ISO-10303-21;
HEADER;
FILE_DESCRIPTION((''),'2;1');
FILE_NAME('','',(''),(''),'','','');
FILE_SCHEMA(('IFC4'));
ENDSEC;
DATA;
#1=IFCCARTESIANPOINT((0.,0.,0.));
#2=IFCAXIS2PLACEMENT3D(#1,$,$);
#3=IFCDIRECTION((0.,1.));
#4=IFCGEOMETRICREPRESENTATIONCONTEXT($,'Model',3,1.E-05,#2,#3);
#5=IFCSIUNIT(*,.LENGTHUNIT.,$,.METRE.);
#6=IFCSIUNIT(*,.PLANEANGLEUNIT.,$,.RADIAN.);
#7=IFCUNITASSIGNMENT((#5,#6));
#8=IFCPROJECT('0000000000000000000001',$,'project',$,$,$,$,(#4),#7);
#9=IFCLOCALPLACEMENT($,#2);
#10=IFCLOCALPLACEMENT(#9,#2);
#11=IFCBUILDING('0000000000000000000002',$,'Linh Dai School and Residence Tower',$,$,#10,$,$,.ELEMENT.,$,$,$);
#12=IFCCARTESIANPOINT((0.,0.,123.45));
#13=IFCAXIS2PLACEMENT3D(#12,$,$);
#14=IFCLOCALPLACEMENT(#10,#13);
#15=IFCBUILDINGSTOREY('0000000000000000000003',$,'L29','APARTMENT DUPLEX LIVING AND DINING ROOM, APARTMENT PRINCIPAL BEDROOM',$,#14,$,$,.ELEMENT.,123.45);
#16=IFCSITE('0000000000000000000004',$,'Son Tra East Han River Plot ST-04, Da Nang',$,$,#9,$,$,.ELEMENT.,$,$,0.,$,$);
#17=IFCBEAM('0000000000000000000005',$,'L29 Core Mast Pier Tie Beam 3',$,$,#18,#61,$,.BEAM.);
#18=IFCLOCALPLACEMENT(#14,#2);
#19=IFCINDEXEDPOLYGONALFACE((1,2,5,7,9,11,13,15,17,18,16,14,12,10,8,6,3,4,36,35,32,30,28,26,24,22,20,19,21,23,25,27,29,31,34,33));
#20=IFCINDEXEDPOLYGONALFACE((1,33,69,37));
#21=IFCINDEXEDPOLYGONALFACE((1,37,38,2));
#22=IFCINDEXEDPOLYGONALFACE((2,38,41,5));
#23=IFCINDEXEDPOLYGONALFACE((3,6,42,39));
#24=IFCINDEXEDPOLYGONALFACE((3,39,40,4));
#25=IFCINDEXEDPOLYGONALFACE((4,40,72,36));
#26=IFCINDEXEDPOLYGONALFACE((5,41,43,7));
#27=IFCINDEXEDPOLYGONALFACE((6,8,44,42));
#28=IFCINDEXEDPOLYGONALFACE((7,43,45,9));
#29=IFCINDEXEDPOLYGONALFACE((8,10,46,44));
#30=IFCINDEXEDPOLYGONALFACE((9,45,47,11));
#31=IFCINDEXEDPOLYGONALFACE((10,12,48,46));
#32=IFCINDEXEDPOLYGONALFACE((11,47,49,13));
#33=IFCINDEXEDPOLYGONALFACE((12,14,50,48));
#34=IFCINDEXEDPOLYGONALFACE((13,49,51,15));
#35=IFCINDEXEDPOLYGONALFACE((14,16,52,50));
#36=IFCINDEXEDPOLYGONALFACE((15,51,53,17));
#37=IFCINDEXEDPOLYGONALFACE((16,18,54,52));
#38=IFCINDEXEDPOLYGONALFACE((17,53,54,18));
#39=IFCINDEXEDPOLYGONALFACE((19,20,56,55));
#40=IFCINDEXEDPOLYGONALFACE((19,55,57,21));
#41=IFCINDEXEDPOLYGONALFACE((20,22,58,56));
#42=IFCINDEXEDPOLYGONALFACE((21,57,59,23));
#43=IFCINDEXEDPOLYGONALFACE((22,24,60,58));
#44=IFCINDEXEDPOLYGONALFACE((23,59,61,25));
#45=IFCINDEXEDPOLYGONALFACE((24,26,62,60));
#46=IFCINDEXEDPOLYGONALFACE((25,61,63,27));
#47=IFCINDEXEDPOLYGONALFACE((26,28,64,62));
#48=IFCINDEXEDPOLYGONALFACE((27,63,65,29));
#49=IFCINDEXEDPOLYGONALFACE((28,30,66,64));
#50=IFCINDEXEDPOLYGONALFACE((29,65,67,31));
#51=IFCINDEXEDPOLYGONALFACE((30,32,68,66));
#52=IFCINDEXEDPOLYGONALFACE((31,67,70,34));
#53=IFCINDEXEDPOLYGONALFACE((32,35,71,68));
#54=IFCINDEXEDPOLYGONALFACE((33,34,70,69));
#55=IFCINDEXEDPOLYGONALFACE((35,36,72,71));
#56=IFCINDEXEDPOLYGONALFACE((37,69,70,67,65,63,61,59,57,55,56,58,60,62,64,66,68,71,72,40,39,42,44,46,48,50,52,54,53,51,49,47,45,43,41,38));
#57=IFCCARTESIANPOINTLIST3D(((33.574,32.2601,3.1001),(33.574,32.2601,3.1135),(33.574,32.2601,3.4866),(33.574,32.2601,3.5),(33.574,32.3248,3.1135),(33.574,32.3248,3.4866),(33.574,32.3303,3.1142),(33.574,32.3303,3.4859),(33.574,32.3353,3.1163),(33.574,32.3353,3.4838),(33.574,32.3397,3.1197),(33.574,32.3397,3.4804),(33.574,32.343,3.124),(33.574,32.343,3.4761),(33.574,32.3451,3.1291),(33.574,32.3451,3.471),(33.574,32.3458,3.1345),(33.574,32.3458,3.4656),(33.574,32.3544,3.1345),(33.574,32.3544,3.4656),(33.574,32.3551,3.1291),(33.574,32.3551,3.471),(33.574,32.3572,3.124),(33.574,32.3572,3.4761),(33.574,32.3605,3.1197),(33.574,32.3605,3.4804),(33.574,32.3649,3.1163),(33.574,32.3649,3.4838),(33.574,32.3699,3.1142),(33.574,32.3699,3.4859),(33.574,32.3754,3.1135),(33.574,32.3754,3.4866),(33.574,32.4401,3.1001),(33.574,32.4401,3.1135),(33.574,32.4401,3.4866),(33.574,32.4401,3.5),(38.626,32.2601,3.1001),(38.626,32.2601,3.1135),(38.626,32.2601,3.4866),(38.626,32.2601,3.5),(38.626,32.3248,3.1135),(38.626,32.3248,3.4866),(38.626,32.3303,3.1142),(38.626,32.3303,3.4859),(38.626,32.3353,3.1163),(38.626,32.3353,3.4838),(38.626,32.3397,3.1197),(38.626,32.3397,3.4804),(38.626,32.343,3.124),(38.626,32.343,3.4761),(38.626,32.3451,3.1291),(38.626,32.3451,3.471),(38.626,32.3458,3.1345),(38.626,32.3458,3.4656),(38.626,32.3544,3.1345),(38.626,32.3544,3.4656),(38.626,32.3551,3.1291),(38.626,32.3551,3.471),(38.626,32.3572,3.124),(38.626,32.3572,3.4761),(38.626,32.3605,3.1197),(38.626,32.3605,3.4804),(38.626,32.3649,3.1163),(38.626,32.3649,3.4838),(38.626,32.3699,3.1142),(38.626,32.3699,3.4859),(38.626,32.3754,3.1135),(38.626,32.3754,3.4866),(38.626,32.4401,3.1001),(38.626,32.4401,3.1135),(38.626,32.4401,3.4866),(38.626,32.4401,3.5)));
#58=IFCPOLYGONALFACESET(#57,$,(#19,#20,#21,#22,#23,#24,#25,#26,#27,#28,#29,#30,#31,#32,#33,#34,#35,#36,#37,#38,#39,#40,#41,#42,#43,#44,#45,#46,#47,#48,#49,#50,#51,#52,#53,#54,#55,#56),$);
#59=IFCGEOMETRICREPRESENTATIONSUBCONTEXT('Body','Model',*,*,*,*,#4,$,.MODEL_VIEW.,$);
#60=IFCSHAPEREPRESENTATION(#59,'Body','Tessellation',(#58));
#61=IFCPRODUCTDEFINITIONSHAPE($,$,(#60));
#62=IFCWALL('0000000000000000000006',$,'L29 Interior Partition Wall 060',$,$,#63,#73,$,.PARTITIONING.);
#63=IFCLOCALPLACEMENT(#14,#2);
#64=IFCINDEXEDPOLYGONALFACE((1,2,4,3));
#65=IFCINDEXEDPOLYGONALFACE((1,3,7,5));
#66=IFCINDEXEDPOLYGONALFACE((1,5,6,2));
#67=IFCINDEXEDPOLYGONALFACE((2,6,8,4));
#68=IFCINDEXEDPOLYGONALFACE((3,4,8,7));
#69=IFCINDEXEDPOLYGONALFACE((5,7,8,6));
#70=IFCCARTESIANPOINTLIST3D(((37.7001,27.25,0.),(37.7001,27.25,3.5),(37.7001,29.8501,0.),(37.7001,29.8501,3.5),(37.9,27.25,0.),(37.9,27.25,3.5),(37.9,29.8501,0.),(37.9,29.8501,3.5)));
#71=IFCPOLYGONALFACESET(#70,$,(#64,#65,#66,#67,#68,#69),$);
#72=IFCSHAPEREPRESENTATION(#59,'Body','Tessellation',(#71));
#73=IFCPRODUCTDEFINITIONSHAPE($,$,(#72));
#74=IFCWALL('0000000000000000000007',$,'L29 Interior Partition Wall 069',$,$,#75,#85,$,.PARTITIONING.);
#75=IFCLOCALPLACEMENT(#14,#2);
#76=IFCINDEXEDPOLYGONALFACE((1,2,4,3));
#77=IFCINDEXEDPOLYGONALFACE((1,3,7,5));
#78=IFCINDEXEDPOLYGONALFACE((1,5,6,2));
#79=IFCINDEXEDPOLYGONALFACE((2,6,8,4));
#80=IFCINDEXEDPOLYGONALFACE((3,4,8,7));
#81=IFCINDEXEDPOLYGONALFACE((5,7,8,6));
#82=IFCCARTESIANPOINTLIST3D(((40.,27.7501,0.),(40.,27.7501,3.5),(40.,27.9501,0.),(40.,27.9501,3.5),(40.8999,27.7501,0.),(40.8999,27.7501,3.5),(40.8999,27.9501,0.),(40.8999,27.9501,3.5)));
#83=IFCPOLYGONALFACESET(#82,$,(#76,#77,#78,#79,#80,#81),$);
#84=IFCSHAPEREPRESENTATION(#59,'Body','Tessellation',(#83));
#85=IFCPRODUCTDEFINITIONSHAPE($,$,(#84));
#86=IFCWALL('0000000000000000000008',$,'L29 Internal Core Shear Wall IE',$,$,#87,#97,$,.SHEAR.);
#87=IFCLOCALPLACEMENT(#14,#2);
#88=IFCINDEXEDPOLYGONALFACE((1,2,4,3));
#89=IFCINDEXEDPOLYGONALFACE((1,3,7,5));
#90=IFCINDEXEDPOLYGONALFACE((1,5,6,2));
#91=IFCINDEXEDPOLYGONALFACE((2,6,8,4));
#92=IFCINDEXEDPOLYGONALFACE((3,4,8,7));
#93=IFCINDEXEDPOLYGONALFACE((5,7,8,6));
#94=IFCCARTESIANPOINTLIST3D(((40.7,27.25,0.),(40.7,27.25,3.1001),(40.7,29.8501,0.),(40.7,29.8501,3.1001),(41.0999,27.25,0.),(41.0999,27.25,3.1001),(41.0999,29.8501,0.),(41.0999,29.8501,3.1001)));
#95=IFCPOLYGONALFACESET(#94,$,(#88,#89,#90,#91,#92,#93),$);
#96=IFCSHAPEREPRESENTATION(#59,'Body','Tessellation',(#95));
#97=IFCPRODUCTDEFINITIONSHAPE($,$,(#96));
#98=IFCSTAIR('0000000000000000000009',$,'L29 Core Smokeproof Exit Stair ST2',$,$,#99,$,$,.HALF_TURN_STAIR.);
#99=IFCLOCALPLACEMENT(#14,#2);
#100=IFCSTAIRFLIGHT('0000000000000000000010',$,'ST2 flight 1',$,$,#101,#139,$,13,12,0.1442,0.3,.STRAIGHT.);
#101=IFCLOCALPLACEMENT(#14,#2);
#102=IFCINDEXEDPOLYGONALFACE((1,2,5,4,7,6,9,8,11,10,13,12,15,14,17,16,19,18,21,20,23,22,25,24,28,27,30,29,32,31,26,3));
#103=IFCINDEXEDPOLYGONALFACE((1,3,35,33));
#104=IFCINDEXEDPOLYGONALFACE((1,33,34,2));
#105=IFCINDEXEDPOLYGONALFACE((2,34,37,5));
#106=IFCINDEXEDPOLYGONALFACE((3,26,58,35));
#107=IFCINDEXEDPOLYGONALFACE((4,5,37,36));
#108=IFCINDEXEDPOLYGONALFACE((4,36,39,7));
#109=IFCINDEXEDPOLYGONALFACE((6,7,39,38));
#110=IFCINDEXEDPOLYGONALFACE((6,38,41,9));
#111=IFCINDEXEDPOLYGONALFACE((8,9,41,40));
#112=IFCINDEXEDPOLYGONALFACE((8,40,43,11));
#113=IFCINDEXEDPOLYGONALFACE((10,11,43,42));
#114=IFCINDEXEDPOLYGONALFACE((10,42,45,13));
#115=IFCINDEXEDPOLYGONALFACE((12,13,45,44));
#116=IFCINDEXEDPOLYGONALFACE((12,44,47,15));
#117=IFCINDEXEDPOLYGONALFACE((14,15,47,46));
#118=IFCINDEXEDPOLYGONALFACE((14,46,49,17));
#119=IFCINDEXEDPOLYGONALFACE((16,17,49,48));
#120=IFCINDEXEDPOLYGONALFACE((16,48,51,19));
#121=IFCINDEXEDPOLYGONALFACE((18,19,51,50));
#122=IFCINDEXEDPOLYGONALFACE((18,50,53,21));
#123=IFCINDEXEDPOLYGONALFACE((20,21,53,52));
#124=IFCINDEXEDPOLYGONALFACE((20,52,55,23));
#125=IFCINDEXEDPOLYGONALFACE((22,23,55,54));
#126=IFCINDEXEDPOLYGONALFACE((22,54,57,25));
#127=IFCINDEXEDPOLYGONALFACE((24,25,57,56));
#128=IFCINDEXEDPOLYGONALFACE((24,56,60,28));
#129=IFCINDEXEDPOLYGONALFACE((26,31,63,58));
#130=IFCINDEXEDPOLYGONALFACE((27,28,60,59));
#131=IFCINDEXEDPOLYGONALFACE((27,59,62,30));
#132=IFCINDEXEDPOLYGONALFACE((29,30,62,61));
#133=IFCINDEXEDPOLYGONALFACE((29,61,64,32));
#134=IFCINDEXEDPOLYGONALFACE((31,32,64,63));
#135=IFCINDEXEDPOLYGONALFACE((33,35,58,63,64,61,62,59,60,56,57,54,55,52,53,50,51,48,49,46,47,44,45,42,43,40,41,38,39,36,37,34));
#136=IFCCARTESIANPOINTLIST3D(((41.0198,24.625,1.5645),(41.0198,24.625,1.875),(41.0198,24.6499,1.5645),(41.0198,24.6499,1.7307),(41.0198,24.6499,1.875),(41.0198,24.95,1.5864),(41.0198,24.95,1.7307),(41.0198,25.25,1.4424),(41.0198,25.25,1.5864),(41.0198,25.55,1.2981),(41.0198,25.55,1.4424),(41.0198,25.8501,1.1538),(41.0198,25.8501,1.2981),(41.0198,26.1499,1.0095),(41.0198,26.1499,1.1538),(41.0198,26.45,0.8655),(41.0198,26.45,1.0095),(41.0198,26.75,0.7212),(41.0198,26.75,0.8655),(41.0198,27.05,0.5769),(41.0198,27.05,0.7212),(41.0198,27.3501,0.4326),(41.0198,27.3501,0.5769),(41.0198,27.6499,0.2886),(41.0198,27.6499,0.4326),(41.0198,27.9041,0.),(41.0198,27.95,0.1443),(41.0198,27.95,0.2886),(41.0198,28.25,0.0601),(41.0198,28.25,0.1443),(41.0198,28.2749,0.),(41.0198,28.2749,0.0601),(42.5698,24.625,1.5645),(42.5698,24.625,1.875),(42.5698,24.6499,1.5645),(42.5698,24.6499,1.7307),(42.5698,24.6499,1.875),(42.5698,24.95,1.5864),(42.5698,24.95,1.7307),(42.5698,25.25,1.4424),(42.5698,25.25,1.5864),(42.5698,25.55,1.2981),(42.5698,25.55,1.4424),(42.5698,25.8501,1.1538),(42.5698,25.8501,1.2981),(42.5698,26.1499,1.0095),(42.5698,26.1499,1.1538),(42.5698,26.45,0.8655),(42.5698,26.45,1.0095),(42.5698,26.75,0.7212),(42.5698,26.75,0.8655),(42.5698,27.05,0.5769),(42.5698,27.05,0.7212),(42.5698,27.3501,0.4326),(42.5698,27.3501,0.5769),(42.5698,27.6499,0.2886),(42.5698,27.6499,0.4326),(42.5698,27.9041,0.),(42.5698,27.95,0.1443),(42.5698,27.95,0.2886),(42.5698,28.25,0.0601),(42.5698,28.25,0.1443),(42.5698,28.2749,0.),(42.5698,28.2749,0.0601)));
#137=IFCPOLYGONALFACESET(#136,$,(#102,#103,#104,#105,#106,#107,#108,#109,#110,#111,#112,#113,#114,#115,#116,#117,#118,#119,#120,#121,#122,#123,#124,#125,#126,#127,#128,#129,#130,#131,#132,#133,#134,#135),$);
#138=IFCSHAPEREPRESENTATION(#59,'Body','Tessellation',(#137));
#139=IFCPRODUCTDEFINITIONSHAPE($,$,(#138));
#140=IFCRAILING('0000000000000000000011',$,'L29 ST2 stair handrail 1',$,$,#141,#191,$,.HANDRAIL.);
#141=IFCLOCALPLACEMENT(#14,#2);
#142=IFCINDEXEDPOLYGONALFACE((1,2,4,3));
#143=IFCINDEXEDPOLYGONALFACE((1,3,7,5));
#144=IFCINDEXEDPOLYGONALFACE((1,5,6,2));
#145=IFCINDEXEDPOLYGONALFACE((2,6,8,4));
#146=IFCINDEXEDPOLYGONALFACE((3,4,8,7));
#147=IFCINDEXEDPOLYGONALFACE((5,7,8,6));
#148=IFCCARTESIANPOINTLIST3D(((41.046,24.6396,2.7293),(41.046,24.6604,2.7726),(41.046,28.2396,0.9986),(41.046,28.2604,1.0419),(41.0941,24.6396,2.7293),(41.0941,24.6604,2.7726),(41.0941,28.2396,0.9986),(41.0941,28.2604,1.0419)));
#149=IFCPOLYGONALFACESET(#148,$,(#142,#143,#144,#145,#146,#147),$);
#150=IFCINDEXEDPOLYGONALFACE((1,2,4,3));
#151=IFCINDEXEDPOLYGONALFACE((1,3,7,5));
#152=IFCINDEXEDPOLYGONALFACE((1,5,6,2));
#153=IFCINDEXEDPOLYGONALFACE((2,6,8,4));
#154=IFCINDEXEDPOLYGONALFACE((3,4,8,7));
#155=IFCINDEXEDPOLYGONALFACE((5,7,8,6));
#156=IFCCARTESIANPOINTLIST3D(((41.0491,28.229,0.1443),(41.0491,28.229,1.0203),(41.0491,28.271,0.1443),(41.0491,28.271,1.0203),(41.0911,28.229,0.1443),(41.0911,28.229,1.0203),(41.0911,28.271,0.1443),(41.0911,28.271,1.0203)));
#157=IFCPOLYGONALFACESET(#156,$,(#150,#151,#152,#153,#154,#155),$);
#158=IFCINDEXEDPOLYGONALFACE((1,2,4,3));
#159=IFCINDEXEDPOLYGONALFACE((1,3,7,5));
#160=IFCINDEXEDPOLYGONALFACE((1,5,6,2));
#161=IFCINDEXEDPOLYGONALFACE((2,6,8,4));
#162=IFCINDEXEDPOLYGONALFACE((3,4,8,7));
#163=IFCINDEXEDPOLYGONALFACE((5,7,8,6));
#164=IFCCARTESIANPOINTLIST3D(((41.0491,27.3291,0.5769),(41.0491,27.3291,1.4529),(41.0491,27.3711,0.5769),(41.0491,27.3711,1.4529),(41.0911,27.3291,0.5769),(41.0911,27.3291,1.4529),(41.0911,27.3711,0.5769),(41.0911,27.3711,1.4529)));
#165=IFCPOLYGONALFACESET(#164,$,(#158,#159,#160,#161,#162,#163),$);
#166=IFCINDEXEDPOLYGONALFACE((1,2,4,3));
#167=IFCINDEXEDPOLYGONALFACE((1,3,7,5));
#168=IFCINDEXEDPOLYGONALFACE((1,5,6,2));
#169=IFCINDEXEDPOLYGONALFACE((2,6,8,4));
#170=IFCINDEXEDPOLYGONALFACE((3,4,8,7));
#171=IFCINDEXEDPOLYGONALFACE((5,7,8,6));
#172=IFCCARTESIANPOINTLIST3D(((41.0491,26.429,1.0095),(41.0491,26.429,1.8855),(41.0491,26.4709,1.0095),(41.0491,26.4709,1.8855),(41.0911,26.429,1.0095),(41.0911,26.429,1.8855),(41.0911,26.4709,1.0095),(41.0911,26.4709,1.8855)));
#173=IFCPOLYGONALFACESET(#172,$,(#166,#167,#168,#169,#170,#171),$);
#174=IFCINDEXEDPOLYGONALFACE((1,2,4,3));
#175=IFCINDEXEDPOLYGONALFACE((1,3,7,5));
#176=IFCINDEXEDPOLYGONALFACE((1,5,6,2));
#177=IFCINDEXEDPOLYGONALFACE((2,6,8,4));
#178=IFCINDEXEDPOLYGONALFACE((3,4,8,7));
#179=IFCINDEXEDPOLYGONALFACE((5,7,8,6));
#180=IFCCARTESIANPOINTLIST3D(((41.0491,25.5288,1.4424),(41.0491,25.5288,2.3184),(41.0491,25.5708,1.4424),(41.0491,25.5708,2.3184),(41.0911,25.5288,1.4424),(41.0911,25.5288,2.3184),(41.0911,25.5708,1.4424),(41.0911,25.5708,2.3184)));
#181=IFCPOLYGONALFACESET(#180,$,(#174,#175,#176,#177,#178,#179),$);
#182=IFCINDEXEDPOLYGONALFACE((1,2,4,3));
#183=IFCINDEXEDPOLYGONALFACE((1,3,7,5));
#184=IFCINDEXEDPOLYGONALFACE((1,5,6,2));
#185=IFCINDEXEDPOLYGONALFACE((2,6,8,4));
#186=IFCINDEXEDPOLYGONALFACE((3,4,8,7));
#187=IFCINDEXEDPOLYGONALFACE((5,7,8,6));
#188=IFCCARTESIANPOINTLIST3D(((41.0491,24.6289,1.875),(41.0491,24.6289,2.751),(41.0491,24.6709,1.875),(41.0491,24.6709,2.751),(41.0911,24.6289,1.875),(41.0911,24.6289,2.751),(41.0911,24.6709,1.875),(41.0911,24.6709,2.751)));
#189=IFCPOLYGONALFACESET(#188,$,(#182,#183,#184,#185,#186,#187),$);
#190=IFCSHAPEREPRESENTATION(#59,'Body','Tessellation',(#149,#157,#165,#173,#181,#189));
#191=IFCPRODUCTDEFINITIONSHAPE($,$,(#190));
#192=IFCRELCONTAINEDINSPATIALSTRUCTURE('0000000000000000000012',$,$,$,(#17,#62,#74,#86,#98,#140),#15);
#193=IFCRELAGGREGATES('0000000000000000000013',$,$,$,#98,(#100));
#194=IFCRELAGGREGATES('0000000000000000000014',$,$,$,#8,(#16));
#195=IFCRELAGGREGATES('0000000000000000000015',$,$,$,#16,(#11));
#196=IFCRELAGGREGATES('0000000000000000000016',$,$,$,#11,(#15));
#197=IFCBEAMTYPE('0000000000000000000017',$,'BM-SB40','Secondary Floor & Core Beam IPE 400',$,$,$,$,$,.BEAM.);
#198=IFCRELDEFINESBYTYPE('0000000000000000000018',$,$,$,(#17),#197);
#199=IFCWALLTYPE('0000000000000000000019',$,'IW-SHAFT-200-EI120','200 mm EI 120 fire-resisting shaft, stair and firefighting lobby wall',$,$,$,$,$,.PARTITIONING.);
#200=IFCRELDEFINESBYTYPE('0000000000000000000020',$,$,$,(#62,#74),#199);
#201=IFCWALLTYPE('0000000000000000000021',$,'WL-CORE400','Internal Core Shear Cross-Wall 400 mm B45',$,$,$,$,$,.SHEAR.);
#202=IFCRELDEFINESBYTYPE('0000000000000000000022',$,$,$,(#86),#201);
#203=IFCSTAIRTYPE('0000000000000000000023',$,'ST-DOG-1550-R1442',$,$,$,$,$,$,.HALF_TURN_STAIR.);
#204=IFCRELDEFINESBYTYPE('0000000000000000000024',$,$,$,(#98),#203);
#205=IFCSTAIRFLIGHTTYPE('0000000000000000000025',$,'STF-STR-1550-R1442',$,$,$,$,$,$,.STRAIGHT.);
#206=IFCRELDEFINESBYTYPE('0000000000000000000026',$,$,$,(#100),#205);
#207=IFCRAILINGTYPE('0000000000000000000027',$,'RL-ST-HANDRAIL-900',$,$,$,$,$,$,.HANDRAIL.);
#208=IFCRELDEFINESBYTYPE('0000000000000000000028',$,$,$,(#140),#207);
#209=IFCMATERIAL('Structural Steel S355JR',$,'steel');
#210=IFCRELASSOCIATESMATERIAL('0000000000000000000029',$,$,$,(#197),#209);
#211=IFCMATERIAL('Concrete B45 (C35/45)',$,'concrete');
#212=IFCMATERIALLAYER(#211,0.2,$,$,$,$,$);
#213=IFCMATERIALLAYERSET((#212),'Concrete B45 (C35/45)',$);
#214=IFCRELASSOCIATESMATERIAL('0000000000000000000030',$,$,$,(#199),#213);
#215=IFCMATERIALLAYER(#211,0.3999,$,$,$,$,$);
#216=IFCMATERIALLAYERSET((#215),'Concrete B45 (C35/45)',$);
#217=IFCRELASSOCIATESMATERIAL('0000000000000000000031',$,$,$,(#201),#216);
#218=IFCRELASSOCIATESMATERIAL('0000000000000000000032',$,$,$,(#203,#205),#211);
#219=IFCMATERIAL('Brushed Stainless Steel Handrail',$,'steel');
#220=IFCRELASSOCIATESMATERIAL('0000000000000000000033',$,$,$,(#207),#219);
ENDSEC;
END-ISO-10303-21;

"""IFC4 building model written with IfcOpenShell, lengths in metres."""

from ifc_helpers import new_model, si_unit, direction, frame, frame_2d, origin, origin_2d, place, context, subcontext, project, spatial, polyline, rectangle, i_section, outline, extrude, source, transform, mapped, material, layer, layer_set, material_profile, profile_set, type_object, element, aggregate, save


model = new_model("IFC4")

# Units and contexts
model_context = context("Model", 3, precision=1e-05, world=origin(), true_north=direction((0.0, 1.0)))
body_context = subcontext(model_context, "Body", "Model", "MODEL_VIEW")
ifc_project = project(units=[si_unit("LENGTHUNIT", "METRE"), si_unit("PLANEANGLEUNIT", "RADIAN")], contexts=[model_context])

# Site, building, storey
site_placement = place(None, origin())
site = spatial("IfcSite", under=ifc_project, at=site_placement, Name="Son Tra East Han River Plot ST-04, Da Nang", CompositionType="ELEMENT", RefElevation=0.0)
building_placement = place(site_placement, origin())
building = spatial("IfcBuilding", under=site, at=building_placement, Name="Linh Dai School and Residence Tower", CompositionType="ELEMENT")
storey_placement = place(building_placement, frame((0.0, 0.0, 123.45)))
storey = spatial("IfcBuildingStorey", under=building, at=storey_placement, Name="L29", Description="APARTMENT DUPLEX LIVING AND DINING ROOM, APARTMENT PRINCIPAL BEDROOM", CompositionType="ELEMENT", Elevation=123.45)

# Shared definitions
ifc_material_1 = material(Name="Structural Steel S355JR", Category="steel")

# Beam
ifc_material_profile_1 = material_profile(ifc_material_1, i_section(OverallWidth=0.1799, OverallDepth=0.3999, WebThickness=0.0085, FlangeThickness=0.0134, FilletRadius=0.021, at=origin_2d()), Name="IPE 400")
ifc_profile_set_1 = profile_set([ifc_material_profile_1], Name="Structural Steel S355JR")
beam_type_1 = type_object("IfcBeamType", Name="BM-SB40", Description="Secondary Floor & Core Beam IPE 400", PredefinedType="BEAM", material=ifc_profile_set_1)
beam_1_placement = place(storey_placement, frame((38.626, 32.3501, 3.3), z_axis=(-1.0, 0.0, 0.0), x_axis=(0.0, -1.0, 0.0)))
element("IfcBeam", 1, at=beam_1_placement, inside=storey, type_object=beam_type_1, Name="L29 Core Mast Pier Tie Beam 3", PredefinedType="BEAM", context=body_context, shape_type="SweptSolid", body=[
    extrude(i_section(OverallWidth=0.1799, OverallDepth=0.3999, WebThickness=0.0085, FlangeThickness=0.0134, FilletRadius=0.021, at=origin_2d()), origin(), (0.0, 0.0, 1.0), 5.052),
])

# Shared definitions
ifc_material_2 = material(Name="Concrete B45 (C35/45)", Category="concrete")
ifc_layer_1 = layer(ifc_material_2, 0.2)
ifc_layer_set_1 = layer_set([ifc_layer_1], Name="Concrete B45 (C35/45)")
wall_type_1 = type_object("IfcWallType", Name="IW-SHAFT-200-EI120", Description="200 mm EI 120 fire-resisting shaft, stair and firefighting lobby wall", PredefinedType="PARTITIONING", material=ifc_layer_set_1)

# Walls
wall_1_placement = place(storey_placement, frame((37.8, 27.25, 0.0), z_axis=(0.0, 0.0, 1.0), x_axis=(0.0, 1.0, 0.0)))
element("IfcWall", 2, at=wall_1_placement, inside=storey, type_object=wall_type_1, Name="L29 Interior Partition Wall 060", PredefinedType="PARTITIONING", context=body_context, shape_type="SweptSolid", body=[
    extrude(rectangle(XDim=2.6001, YDim=0.2, at=frame_2d((1.3, 0.0))), origin(), (0.0, 0.0, 1.0), 3.5),
])
wall_2_placement = place(storey_placement, frame((40.0, 27.8501, 0.0), z_axis=(0.0, 0.0, 1.0), x_axis=(1.0, 0.0, 0.0)))
element("IfcWall", 3, at=wall_2_placement, inside=storey, type_object=wall_type_1, Name="L29 Interior Partition Wall 069", PredefinedType="PARTITIONING", context=body_context, shape_type="SweptSolid", body=[
    extrude(rectangle(XDim=0.8999, YDim=0.2, at=frame_2d((0.45, 0.0))), origin(), (0.0, 0.0, 1.0), 3.5),
])
ifc_layer_2 = layer(ifc_material_2, 0.3999)
ifc_layer_set_2 = layer_set([ifc_layer_2], Name="Concrete B45 (C35/45)")
wall_type_2 = type_object("IfcWallType", Name="WL-CORE400", Description="Internal Core Shear Cross-Wall 400 mm B45", PredefinedType="SHEAR", material=ifc_layer_set_2)
wall_3_placement = place(storey_placement, frame((40.8999, 27.25, 0.0), z_axis=(0.0, 0.0, 1.0), x_axis=(0.0, 1.0, 0.0)))
element("IfcWall", 4, at=wall_3_placement, inside=storey, type_object=wall_type_2, Name="L29 Internal Core Shear Wall IE", PredefinedType="SHEAR", context=body_context, shape_type="SweptSolid", body=[
    extrude(rectangle(XDim=2.6001, YDim=0.3999, at=frame_2d((1.3, 0.0))), origin(), (0.0, 0.0, 1.0), 3.1001),
])

# Stair, stair flight
stair_type = type_object("IfcStairType", Name="ST-DOG-1550-R1442", PredefinedType="HALF_TURN_STAIR", material=ifc_material_2)
stair_placement = place(storey_placement, origin())
stair = element("IfcStair", 5, at=stair_placement, inside=storey, type_object=stair_type, Name="L29 Core Smokeproof Exit Stair ST2", PredefinedType="HALF_TURN_STAIR")
stair_flight_type = type_object("IfcStairFlightType", Name="STF-STR-1550-R1442", PredefinedType="STRAIGHT", material=ifc_material_2)
shared_shape_1 = source(origin(), body_context, "Body", "SweptSolid", [
    extrude(outline(polyline([(-0.0249, 0.0), (-0.0249, 0.0601), (0.0, 0.0601), (0.0, 0.1443), (0.3, 0.1443), (0.3, 0.2886), (0.6001, 0.2886), (0.6001, 0.4326), (0.8999, 0.4326), (0.8999, 0.5769), (1.2, 0.5769), (1.2, 0.7212), (1.5, 0.7212), (1.5, 0.8655), (1.8, 0.8655), (1.8, 1.0095), (2.1001, 1.0095), (2.1001, 1.1538), (2.3999, 1.1538), (2.3999, 1.2981), (2.7, 1.2981), (2.7, 1.4424), (3.0, 1.4424), (3.0, 1.5864), (3.3, 1.5864), (3.3, 1.7307), (3.6001, 1.7307), (3.6001, 1.875), (3.625, 1.875), (3.625, 1.5645), (3.6001, 1.5645), (0.3459, 0.0), (-0.0249, 0.0)])), frame((0.0, 0.7749, 0.0), z_axis=(0.0, -1.0, 0.0), x_axis=(1.0, 0.0, 0.0)), (0.0, 0.0, 1.0), 1.55),
])
stair_flight_placement = place(storey_placement, frame((41.7949, 28.25, 0.0), z_axis=(0.0, 0.0, 1.0), x_axis=(0.0, -1.0, 0.0)))
stair_flight = element("IfcStairFlight", 6, at=stair_flight_placement, type_object=stair_flight_type, Name="ST2 flight 1", NumberOfRisers=13, NumberOfTreads=12, PredefinedType="STRAIGHT", RiserHeight=0.1442, TreadLength=0.3, context=body_context, shape_type="MappedRepresentation", body=[
    mapped(shared_shape_1, transform((0.0, 0.0, 0.0), x_axis=(1.0, 0.0, 0.0), y_axis=(0.0, 1.0, 0.0), z_axis=(0.0, 0.0, 1.0), scale=1.0)),
])
aggregate(stair, [stair_flight])

# Railing
ifc_material_3 = material(Name="Brushed Stainless Steel Handrail", Category="steel")
railing_type_1 = type_object("IfcRailingType", Name="RL-ST-HANDRAIL-900", PredefinedType="HANDRAIL", material=ifc_material_3)
shared_shape_2 = source(origin(), body_context, "Body", "SweptSolid", [
    extrude(rectangle(XDim=0.0481, YDim=0.0481, at=origin_2d()), frame((0.0, 0.0, 0.876), z_axis=(0.0, -0.901263, 0.433273), x_axis=(1.0, 0.0, 0.0)), (0.0, 0.0, 1.0), 3.9944),
    extrude(rectangle(XDim=0.042, YDim=0.042, at=origin_2d()), origin(), (0.0, 0.0, 1.0), 0.876),
    extrude(rectangle(XDim=0.042, YDim=0.042, at=origin_2d()), frame((0.0, -0.8999, 0.4326)), (0.0, 0.0, 1.0), 0.876),
    extrude(rectangle(XDim=0.042, YDim=0.042, at=origin_2d()), frame((0.0, -1.8, 0.8652)), (0.0, 0.0, 1.0), 0.876),
    extrude(rectangle(XDim=0.042, YDim=0.042, at=origin_2d()), frame((0.0, -2.7002, 1.2981)), (0.0, 0.0, 1.0), 0.876),
    extrude(rectangle(XDim=0.042, YDim=0.042, at=origin_2d()), frame((0.0, -3.6001, 1.7307)), (0.0, 0.0, 1.0), 0.876),
])
railing_1_placement = place(storey_placement, frame((41.0701, 28.25, 0.1443)))
element("IfcRailing", 7, at=railing_1_placement, inside=storey, type_object=railing_type_1, Name="L29 ST2 stair handrail 1", PredefinedType="HANDRAIL", context=body_context, shape_type="MappedRepresentation", body=[
    mapped(shared_shape_2, transform((0.0, 0.0, 0.0), x_axis=(1.0, 0.0, 0.0), y_axis=(0.0, 1.0, 0.0), z_axis=(0.0, 0.0, 1.0), scale=1.0)),
])

save(model, "model.ifc")
